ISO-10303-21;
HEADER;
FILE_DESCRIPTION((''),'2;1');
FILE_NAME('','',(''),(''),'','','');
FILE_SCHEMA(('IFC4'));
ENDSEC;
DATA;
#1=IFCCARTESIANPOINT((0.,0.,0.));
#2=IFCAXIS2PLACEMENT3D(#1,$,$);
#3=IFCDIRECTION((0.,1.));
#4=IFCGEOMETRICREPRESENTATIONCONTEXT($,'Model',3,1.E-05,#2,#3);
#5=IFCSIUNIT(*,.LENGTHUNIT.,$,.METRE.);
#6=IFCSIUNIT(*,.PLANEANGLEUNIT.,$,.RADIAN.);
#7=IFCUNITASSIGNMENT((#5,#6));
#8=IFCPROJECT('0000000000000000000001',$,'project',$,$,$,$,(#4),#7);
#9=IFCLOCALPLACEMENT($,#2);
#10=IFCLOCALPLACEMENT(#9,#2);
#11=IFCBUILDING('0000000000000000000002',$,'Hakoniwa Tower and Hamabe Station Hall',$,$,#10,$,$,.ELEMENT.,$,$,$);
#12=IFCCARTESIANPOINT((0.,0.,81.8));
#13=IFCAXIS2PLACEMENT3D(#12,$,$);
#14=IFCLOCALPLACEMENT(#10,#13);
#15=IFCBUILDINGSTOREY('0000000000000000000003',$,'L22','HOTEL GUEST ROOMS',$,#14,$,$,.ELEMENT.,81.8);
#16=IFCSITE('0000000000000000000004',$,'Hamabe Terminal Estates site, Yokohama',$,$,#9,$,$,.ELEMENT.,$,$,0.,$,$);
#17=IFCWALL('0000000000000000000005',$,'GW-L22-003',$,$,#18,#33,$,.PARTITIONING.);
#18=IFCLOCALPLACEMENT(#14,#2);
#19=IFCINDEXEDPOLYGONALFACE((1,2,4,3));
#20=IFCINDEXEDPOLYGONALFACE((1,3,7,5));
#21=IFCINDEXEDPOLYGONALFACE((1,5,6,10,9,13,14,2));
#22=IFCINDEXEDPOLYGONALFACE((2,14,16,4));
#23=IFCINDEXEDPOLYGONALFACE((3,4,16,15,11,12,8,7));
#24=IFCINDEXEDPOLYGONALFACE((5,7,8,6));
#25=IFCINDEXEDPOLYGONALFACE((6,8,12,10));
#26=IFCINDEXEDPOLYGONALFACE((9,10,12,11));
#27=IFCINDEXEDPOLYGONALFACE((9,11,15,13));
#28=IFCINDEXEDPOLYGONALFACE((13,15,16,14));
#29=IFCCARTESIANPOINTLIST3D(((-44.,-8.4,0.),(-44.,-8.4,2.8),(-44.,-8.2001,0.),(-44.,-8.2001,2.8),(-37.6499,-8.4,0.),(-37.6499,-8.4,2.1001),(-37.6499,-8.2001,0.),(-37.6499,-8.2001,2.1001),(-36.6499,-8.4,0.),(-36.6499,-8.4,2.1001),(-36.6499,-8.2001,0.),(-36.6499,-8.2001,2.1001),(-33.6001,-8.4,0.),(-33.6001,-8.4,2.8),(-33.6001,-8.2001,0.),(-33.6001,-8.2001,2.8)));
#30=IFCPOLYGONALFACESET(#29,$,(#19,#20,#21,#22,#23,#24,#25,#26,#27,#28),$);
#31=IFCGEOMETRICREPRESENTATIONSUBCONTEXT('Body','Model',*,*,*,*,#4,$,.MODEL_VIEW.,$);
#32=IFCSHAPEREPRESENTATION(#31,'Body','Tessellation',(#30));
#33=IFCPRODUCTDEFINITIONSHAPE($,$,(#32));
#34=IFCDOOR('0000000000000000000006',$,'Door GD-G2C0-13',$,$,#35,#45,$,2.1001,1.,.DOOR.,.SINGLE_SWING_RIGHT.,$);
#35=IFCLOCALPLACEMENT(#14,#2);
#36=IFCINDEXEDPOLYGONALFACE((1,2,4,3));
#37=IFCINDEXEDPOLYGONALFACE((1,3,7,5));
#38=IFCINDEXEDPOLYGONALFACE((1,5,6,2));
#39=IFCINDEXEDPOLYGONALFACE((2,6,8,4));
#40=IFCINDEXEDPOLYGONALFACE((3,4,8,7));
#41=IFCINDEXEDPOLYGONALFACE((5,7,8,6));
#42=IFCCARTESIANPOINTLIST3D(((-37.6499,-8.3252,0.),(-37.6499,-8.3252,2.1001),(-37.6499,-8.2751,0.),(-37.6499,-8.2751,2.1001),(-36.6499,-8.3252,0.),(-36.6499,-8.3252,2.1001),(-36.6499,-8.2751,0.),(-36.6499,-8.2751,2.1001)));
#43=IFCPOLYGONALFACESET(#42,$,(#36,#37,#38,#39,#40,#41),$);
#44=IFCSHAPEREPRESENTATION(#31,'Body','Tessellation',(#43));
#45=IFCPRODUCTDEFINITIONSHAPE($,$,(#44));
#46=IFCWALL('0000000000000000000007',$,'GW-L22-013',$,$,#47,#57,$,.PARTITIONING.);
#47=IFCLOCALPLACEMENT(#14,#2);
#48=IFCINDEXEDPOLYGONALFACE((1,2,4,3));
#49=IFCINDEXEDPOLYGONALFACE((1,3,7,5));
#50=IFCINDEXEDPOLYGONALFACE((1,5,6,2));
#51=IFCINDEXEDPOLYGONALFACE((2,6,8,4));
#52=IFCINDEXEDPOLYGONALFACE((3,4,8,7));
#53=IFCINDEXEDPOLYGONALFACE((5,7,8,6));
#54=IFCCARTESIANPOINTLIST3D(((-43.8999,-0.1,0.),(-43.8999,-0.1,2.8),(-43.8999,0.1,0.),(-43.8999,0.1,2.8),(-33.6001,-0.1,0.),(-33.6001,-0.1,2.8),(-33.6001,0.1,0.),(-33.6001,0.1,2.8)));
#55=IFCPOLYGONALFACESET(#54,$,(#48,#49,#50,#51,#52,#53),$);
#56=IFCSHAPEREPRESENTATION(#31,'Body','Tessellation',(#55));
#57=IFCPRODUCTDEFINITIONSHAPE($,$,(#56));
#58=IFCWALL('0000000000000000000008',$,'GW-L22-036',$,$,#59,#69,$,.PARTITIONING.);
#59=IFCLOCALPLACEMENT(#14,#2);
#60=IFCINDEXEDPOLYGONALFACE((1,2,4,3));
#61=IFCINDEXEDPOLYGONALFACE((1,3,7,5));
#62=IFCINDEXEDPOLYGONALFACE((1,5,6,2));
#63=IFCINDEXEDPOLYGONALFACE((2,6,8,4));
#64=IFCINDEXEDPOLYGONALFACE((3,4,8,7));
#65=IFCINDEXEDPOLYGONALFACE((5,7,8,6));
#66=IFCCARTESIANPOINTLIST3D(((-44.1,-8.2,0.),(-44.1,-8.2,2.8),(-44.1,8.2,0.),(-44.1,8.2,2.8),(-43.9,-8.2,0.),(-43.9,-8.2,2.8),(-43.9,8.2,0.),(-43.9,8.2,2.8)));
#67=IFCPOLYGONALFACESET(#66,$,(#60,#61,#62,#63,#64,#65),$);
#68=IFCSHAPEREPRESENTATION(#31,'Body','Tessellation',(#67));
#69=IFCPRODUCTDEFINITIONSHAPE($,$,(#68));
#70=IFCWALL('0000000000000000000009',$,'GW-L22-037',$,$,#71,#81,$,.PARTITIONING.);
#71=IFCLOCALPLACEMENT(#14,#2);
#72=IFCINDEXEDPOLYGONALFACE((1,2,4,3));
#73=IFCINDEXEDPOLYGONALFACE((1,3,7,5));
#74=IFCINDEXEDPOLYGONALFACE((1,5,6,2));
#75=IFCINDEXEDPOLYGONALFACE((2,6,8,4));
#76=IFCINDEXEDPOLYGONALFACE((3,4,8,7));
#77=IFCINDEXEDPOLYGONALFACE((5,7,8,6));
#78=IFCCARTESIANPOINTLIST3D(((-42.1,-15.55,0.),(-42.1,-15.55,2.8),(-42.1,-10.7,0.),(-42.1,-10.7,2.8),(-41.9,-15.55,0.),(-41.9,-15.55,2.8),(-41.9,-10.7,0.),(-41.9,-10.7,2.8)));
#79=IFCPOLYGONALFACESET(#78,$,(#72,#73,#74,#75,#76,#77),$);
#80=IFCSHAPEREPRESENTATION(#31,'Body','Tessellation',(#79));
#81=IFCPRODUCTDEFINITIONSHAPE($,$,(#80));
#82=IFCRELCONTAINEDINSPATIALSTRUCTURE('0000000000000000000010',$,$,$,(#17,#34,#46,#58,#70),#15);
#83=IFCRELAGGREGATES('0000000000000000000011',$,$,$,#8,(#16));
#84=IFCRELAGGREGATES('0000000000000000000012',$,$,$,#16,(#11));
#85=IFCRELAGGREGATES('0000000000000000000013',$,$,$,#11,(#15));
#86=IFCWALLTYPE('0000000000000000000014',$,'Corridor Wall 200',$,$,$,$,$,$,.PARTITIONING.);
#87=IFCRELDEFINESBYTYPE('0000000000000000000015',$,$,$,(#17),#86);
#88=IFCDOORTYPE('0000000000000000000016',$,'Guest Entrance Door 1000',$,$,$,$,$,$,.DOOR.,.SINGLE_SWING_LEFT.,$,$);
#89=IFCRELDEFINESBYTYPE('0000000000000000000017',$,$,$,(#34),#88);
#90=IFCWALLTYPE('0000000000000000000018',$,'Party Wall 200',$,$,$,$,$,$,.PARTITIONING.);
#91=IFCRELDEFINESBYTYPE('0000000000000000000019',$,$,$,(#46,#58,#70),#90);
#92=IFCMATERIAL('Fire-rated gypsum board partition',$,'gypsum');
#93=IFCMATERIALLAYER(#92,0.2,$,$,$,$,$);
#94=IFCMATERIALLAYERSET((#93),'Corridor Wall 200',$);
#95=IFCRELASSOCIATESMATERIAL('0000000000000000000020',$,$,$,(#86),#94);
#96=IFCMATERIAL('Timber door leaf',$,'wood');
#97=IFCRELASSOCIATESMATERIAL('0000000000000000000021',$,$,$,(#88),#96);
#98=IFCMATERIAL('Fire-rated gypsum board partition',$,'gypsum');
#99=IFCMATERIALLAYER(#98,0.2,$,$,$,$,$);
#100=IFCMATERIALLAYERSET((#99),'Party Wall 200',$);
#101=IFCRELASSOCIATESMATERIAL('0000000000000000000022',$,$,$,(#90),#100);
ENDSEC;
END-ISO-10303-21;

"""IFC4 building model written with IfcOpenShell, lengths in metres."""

from ifc_helpers import new_model, si_unit, direction, frame, frame_2d, origin, place, context, subcontext, project, spatial, rectangle, extrude, material, layer, layer_set, type_object, element, fill, save


model = new_model("IFC4")

# Units and contexts
model_context = context("Model", 3, precision=1e-05, world=origin(), true_north=direction((0.0, 1.0)))
body_context = subcontext(model_context, "Body", "Model", "MODEL_VIEW")
ifc_project = project(units=[si_unit("LENGTHUNIT", "METRE"), si_unit("PLANEANGLEUNIT", "RADIAN")], contexts=[model_context])

# Site, building, storey
site_placement = place(None, origin())
site = spatial("IfcSite", under=ifc_project, at=site_placement, Name="Hamabe Terminal Estates site, Yokohama", CompositionType="ELEMENT", RefElevation=0.0)
building_placement = place(site_placement, origin())
building = spatial("IfcBuilding", under=site, at=building_placement, Name="Hakoniwa Tower and Hamabe Station Hall", CompositionType="ELEMENT")
storey_placement = place(building_placement, frame((0.0, 0.0, 81.8)))
storey = spatial("IfcBuildingStorey", under=building, at=storey_placement, Name="L22", Description="HOTEL GUEST ROOMS", CompositionType="ELEMENT", Elevation=81.8)

# Shared definitions
ifc_material_1 = material(Name="Fire-rated gypsum board partition", Category="gypsum")
ifc_layer_1 = layer(ifc_material_1, 0.2)
ifc_layer_set_1 = layer_set([ifc_layer_1], Name="Corridor Wall 200")
wall_type_1 = type_object("IfcWallType", Name="Corridor Wall 200", PredefinedType="PARTITIONING", material=ifc_layer_set_1)
ifc_material_2 = material(Name="Timber door leaf", Category="wood")
door_type_1 = type_object("IfcDoorType", Name="Guest Entrance Door 1000", OperationType="SINGLE_SWING_LEFT", PredefinedType="DOOR", material=ifc_material_2)

# Wall, opening, door
wall_1_placement = place(storey_placement, frame((-44.0, -8.3, 0.0), z_axis=(0.0, 0.0, 1.0), x_axis=(1.0, 0.0, 0.0)))
wall_1 = element("IfcWall", 1, at=wall_1_placement, inside=storey, type_object=wall_type_1, Name="GW-L22-003", PredefinedType="PARTITIONING", context=body_context, shape_type="SweptSolid", body=[
    extrude(rectangle(XDim=10.3999, YDim=0.2, at=frame_2d((5.2, 0.0))), origin(), (0.0, 0.0, 1.0), 2.8),
])
opening_1_placement = place(wall_1_placement, frame((6.3501, 0.0, 0.0)))
opening_1 = element("IfcOpeningElement", 2, at=opening_1_placement, cuts=wall_1, PredefinedType="OPENING", context=body_context, shape_type="SweptSolid", body=[
    extrude(rectangle(XDim=1.0, YDim=2.1001, at=frame_2d((0.5, 1.05))), frame((0.0, 0.1099, 0.0), z_axis=(0.0, -1.0, 0.0), x_axis=(1.0, 0.0, 0.0)), (0.0, 0.0, 1.0), 0.22),
])
door_1_placement = place(opening_1_placement, origin())
door_1 = element("IfcDoor", 3, at=door_1_placement, inside=storey, type_object=door_type_1, Name="Door GD-G2C0-13", OperationType="SINGLE_SWING_RIGHT", OverallHeight=2.1001, OverallWidth=1.0, PredefinedType="DOOR", context=body_context, shape_type="SweptSolid", body=[
    extrude(rectangle(XDim=1.0, YDim=2.1001, at=frame_2d((0.5, 1.05))), frame((0.0, 0.0249, 0.0), z_axis=(0.0, -1.0, 0.0), x_axis=(1.0, 0.0, 0.0)), (0.0, 0.0, 1.0), 0.05),
])
fill(opening_1, door_1)

# Walls
ifc_material_3 = material(Name="Fire-rated gypsum board partition", Category="gypsum")
ifc_layer_2 = layer(ifc_material_3, 0.2)
ifc_layer_set_2 = layer_set([ifc_layer_2], Name="Party Wall 200")
wall_type_2 = type_object("IfcWallType", Name="Party Wall 200", PredefinedType="PARTITIONING", material=ifc_layer_set_2)
wall_2_placement = place(storey_placement, frame((-43.8999, 0.0, 0.0), z_axis=(0.0, 0.0, 1.0), x_axis=(1.0, 0.0, 0.0)))
element("IfcWall", 4, at=wall_2_placement, inside=storey, type_object=wall_type_2, Name="GW-L22-013", PredefinedType="PARTITIONING", context=body_context, shape_type="SweptSolid", body=[
    extrude(rectangle(XDim=10.2998, YDim=0.2, at=frame_2d((5.1499, 0.0))), origin(), (0.0, 0.0, 1.0), 2.8),
])
wall_3_placement = place(storey_placement, frame((-44.0, -8.2, 0.0), z_axis=(0.0, 0.0, 1.0), x_axis=(0.0, 1.0, 0.0)))
element("IfcWall", 5, at=wall_3_placement, inside=storey, type_object=wall_type_2, Name="GW-L22-036", PredefinedType="PARTITIONING", context=body_context, shape_type="SweptSolid", body=[
    extrude(rectangle(XDim=16.3999, YDim=0.2, at=frame_2d((8.2, 0.0))), origin(), (0.0, 0.0, 1.0), 2.8),
])
wall_4_placement = place(storey_placement, frame((-42.0, -15.55, 0.0), z_axis=(0.0, 0.0, 1.0), x_axis=(0.0, 1.0, 0.0)))
element("IfcWall", 6, at=wall_4_placement, inside=storey, type_object=wall_type_2, Name="GW-L22-037", PredefinedType="PARTITIONING", context=body_context, shape_type="SweptSolid", body=[
    extrude(rectangle(XDim=4.8501, YDim=0.2, at=frame_2d((2.425, 0.0))), origin(), (0.0, 0.0, 1.0), 2.8),
])

save(model, "model.ifc")
